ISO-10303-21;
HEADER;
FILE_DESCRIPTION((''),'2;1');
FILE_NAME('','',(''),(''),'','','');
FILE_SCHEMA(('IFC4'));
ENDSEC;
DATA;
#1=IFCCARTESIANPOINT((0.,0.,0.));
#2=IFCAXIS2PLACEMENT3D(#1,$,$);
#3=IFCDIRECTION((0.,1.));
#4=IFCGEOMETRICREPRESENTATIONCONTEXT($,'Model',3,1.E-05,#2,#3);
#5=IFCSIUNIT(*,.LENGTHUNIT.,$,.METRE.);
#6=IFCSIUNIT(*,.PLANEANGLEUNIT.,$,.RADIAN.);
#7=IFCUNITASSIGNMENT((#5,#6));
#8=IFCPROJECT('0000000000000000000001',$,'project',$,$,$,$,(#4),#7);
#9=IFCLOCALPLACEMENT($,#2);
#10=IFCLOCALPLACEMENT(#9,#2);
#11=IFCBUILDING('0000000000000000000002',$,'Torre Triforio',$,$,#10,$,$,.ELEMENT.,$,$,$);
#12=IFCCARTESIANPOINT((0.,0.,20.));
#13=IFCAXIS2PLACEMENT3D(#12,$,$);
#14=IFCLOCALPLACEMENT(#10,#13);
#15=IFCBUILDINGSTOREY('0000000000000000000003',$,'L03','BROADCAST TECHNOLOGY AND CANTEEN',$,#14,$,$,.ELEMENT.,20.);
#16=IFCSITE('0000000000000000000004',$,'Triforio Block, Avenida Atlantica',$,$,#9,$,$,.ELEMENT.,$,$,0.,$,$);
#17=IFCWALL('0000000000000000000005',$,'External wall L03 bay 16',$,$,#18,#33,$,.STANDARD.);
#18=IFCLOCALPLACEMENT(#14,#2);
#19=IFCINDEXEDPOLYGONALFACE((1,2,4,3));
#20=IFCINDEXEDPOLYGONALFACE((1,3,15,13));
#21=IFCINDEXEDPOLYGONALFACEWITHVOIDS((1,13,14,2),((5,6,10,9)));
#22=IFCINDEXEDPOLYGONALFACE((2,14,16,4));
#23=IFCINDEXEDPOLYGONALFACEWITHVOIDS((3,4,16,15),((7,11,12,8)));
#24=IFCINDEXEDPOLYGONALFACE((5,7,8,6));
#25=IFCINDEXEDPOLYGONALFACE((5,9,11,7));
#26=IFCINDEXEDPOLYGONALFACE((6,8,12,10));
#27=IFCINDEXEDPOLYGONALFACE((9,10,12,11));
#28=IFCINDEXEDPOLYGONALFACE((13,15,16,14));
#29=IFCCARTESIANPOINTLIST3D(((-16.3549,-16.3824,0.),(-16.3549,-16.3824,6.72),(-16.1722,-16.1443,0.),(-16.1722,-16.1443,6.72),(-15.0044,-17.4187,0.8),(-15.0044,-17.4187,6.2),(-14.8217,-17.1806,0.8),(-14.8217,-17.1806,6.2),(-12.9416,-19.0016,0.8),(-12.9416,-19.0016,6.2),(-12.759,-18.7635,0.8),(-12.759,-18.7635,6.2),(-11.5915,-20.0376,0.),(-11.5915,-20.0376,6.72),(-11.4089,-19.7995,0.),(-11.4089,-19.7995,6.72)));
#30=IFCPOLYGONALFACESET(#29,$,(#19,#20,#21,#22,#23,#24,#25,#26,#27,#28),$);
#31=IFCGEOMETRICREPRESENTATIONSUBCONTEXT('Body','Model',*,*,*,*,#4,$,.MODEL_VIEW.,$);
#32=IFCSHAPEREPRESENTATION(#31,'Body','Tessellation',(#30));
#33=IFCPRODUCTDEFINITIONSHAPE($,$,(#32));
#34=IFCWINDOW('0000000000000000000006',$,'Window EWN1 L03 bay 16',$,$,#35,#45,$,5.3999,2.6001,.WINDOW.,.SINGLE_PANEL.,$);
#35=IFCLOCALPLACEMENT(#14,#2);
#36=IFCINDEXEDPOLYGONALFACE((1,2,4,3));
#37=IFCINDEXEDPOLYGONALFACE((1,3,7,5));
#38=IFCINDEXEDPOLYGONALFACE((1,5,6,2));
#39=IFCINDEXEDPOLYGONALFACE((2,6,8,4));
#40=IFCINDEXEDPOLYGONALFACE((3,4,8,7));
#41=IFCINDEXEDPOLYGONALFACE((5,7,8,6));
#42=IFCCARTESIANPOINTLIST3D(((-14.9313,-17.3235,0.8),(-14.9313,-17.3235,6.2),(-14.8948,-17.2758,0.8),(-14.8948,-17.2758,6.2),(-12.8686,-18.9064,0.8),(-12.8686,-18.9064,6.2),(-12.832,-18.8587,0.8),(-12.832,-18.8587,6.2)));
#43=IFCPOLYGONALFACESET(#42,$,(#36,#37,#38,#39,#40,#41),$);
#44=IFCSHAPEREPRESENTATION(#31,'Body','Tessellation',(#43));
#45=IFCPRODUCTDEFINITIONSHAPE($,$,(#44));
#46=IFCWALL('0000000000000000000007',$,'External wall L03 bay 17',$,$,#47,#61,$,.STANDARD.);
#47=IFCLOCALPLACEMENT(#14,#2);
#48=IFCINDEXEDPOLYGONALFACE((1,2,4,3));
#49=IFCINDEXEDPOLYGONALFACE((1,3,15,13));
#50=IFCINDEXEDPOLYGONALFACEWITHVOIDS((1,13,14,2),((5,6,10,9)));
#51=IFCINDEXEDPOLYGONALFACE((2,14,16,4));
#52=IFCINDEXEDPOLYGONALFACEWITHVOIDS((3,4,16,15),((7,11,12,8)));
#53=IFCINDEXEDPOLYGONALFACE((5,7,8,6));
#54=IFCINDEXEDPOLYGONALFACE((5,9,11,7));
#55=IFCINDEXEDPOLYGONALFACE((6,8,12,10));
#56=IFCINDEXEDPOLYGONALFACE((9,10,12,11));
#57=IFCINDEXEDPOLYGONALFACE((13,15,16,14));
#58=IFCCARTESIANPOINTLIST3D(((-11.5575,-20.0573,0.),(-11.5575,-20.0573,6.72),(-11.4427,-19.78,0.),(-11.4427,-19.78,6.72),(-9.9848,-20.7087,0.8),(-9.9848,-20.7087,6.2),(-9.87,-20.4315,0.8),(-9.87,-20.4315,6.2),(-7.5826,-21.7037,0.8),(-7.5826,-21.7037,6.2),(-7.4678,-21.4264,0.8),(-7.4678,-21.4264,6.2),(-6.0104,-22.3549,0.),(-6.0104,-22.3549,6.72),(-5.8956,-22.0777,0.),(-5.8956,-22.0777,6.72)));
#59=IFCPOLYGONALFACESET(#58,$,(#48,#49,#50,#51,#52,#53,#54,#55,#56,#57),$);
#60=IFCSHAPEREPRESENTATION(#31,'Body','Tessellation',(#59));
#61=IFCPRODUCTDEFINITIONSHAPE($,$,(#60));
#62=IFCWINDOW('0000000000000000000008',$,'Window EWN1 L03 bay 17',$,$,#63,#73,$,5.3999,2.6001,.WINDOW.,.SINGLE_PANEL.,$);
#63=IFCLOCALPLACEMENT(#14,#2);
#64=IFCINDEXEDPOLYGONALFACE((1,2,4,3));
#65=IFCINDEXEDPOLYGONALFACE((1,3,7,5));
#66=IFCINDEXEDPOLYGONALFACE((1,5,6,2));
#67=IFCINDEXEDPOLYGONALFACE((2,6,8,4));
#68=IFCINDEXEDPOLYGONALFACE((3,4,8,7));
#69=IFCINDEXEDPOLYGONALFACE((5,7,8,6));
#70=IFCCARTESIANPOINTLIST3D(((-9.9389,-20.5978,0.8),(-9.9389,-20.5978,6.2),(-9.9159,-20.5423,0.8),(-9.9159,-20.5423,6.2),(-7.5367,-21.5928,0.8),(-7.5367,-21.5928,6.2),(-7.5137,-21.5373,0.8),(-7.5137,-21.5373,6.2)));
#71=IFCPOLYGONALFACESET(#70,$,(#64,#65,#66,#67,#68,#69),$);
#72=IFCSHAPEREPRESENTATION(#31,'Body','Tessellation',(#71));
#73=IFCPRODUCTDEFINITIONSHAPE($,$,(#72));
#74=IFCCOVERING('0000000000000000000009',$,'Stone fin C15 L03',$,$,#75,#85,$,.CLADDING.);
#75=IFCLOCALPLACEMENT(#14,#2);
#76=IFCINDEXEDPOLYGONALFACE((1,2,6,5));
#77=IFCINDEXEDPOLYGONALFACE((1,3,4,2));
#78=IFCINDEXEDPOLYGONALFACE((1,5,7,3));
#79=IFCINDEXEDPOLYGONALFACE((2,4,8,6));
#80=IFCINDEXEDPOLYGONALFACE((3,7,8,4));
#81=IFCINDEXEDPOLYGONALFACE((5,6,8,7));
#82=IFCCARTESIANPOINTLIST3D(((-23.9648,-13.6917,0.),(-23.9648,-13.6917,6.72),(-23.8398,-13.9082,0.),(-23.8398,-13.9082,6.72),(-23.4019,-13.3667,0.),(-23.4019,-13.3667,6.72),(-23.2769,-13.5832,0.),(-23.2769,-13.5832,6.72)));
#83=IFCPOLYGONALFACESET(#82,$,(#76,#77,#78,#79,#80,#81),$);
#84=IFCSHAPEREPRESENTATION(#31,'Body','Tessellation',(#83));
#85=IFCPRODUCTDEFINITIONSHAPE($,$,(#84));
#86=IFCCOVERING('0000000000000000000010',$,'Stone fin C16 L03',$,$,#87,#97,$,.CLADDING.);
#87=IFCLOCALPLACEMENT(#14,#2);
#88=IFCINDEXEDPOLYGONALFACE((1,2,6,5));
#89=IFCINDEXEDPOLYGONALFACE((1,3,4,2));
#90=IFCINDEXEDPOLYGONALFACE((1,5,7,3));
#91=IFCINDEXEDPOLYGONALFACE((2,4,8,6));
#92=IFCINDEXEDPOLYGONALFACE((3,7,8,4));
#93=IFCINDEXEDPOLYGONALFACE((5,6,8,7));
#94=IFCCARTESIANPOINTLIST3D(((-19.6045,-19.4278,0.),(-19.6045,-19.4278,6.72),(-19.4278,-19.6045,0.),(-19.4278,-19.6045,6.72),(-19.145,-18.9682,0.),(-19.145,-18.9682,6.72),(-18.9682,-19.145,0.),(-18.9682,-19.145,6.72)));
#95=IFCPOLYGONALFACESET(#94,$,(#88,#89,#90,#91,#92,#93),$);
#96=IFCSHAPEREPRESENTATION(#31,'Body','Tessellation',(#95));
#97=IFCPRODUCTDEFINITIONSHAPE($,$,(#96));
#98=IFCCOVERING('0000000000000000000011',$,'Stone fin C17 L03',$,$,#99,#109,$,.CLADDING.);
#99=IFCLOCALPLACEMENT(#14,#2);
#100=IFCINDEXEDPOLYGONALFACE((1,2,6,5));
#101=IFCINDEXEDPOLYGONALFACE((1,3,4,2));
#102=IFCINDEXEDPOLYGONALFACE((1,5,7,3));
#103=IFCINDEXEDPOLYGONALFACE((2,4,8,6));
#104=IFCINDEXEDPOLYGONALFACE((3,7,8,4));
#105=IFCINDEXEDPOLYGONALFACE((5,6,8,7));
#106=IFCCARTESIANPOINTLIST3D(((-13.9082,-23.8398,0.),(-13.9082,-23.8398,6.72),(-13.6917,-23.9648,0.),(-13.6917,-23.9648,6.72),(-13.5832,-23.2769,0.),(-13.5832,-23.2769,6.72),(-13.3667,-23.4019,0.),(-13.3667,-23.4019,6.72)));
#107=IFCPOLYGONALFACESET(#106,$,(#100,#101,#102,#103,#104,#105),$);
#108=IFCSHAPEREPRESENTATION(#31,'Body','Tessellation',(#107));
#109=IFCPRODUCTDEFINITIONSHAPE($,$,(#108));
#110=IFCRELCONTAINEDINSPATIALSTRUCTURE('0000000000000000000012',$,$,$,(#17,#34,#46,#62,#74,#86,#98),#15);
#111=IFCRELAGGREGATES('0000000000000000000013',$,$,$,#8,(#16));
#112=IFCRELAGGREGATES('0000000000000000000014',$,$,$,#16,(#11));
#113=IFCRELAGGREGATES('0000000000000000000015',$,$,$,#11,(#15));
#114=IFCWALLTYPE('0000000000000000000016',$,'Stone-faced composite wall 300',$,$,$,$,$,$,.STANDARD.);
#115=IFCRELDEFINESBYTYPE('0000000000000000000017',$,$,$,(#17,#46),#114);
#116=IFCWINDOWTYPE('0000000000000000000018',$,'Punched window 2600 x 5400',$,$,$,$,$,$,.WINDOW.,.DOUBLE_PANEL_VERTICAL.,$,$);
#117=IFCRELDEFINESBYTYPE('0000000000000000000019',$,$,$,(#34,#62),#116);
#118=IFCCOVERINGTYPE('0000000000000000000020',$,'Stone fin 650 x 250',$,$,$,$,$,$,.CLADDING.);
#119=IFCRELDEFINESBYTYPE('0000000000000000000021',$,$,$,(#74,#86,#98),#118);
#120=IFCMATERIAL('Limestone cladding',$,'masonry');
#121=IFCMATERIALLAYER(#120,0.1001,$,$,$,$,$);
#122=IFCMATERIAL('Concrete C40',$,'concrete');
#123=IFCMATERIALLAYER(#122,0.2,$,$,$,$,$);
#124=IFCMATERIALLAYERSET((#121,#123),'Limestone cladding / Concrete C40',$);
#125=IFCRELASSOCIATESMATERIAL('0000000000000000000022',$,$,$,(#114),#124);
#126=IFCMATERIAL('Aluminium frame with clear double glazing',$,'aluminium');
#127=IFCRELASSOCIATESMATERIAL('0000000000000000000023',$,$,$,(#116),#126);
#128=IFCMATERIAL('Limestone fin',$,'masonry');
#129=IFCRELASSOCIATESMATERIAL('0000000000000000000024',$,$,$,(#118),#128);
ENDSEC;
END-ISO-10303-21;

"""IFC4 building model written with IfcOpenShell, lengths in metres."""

from ifc_helpers import new_model, si_unit, direction, frame, frame_2d, origin, origin_2d, place, context, subcontext, project, spatial, rectangle, extrude, material, layer, layer_set, material_profile, profile_set, type_object, element, fill, save


model = new_model("IFC4")

# Units and contexts
model_context = context("Model", 3, precision=1e-05, world=origin(), true_north=direction((0.0, 1.0)))
body_context = subcontext(model_context, "Body", "Model", "MODEL_VIEW")
ifc_project = project(units=[si_unit("LENGTHUNIT", "METRE"), si_unit("PLANEANGLEUNIT", "RADIAN")], contexts=[model_context])

# Site, building, storey
site_placement = place(None, origin())
site = spatial("IfcSite", under=ifc_project, at=site_placement, Name="Triforio Block, Avenida Atlantica", CompositionType="ELEMENT", RefElevation=0.0)
building_placement = place(site_placement, origin())
building = spatial("IfcBuilding", under=site, at=building_placement, Name="Torre Triforio", CompositionType="ELEMENT")
storey_placement = place(building_placement, frame((0.0, 0.0, 20.0)))
storey = spatial("IfcBuildingStorey", under=building, at=storey_placement, Name="L03", Description="BROADCAST TECHNOLOGY AND CANTEEN", CompositionType="ELEMENT", Elevation=20.0)

# Shared definitions
ifc_material_1 = material(Name="Limestone cladding", Category="masonry")
ifc_material_2 = material(Name="Concrete C40", Category="concrete")

# Walls, openings, windows
ifc_layer_1 = layer(ifc_material_1, 0.1001)
ifc_layer_2 = layer(ifc_material_2, 0.2)
ifc_layer_set_1 = layer_set([ifc_layer_1, ifc_layer_2], Name="Limestone cladding / Concrete C40")
wall_type_1 = type_object("IfcWallType", Name="Stone-faced composite wall 300", PredefinedType="STANDARD", material=ifc_layer_set_1)
ifc_material_3 = material(Name="Aluminium frame with clear double glazing", Category="aluminium")
window_type = type_object("IfcWindowType", Name="Punched window 2600 x 5400", PartitioningType="DOUBLE_PANEL_VERTICAL", PredefinedType="WINDOW", material=ifc_material_3)
wall_1_placement = place(storey_placement, frame((-16.2634, -16.2634, 0.0), z_axis=(0.0, 0.0, 1.0), x_axis=(0.79334, -0.608779, 0.0)))
wall_1 = element("IfcWall", 1, at=wall_1_placement, inside=storey, type_object=wall_type_1, Name="External wall L03 bay 16", PredefinedType="STANDARD", context=body_context, shape_type="SweptSolid", body=[
    extrude(rectangle(XDim=6.0042, YDim=0.3, at=frame_2d((3.002, 0.0))), origin(), (0.0, 0.0, 1.0), 6.72),
])
opening_1_placement = place(wall_1_placement, frame((1.7021, 0.0, 0.8)))
opening_1 = element("IfcOpeningElement", 2, at=opening_1_placement, cuts=wall_1, PredefinedType="OPENING", context=body_context, shape_type="SweptSolid", body=[
    extrude(rectangle(XDim=2.6001, YDim=5.3999, at=frame_2d((1.3, 2.7))), frame((0.0, 0.1599, 0.0), z_axis=(0.0, -1.0, 0.0), x_axis=(1.0, 0.0, 0.0)), (0.0, 0.0, 1.0), 0.3201),
])
window_1_placement = place(opening_1_placement, origin())
window_1 = element("IfcWindow", 3, at=window_1_placement, inside=storey, type_object=window_type, Name="Window EWN1 L03 bay 16", OverallHeight=5.3999, OverallWidth=2.6001, PartitioningType="SINGLE_PANEL", PredefinedType="WINDOW", context=body_context, shape_type="SweptSolid", body=[
    extrude(rectangle(XDim=2.6001, YDim=5.3999, at=frame_2d((1.3, 2.7))), frame((0.0, 0.03, 0.0), z_axis=(0.0, -1.0, 0.0), x_axis=(1.0, 0.0, 0.0)), (0.0, 0.0, 1.0), 0.0601),
])
fill(opening_1, window_1)
wall_2_placement = place(storey_placement, frame((-11.5, -19.9187, 0.0), z_axis=(0.0, 0.0, 1.0), x_axis=(0.923885, -0.382671, 0.0)))
wall_2 = element("IfcWall", 4, at=wall_2_placement, inside=storey, type_object=wall_type_1, Name="External wall L03 bay 17", PredefinedType="STANDARD", context=body_context, shape_type="SweptSolid", body=[
    extrude(rectangle(XDim=6.0042, YDim=0.3, at=frame_2d((3.002, 0.0))), origin(), (0.0, 0.0, 1.0), 6.72),
])
opening_2_placement = place(wall_2_placement, frame((1.7021, 0.0, 0.8)))
opening_2 = element("IfcOpeningElement", 5, at=opening_2_placement, cuts=wall_2, PredefinedType="OPENING", context=body_context, shape_type="SweptSolid", body=[
    extrude(rectangle(XDim=2.6001, YDim=5.3999, at=frame_2d((1.3, 2.7))), frame((0.0, 0.1599, 0.0), z_axis=(0.0, -1.0, 0.0), x_axis=(1.0, 0.0, 0.0)), (0.0, 0.0, 1.0), 0.3201),
])
window_2_placement = place(opening_2_placement, origin())
window_2 = element("IfcWindow", 6, at=window_2_placement, inside=storey, type_object=window_type, Name="Window EWN1 L03 bay 17", OverallHeight=5.3999, OverallWidth=2.6001, PartitioningType="SINGLE_PANEL", PredefinedType="WINDOW", context=body_context, shape_type="SweptSolid", body=[
    extrude(rectangle(XDim=2.6001, YDim=5.3999, at=frame_2d((1.3, 2.7))), frame((0.0, 0.03, 0.0), z_axis=(0.0, -1.0, 0.0), x_axis=(1.0, 0.0, 0.0)), (0.0, 0.0, 1.0), 0.0601),
])
fill(opening_2, window_2)

# Coverings
ifc_material_4 = material(Name="Limestone fin", Category="masonry")
ifc_material_profile_1 = material_profile(ifc_material_4, rectangle(XDim=0.6499, YDim=0.25, at=origin_2d()), Name="FIN 650x250")
ifc_profile_set_1 = profile_set([ifc_material_profile_1], Name="Limestone fin")
covering_type = type_object("IfcCoveringType", Name="Stone fin 650 x 250", PredefinedType="CLADDING", material=ifc_profile_set_1)
for number, where, z_axis, x_axis, name in (
    (7, (-23.6208, -13.6375, 0.0), (0.0, 0.0, 1.0), (-0.866025, -0.5, 0.0), "Stone fin C15 L03"),
    (8, (-19.2864, -19.2864, 0.0), (0.0, 0.0, 1.0), (-0.707107, -0.707107, 0.0), "Stone fin C16 L03"),
    (9, (-13.6375, -23.6208, 0.0), (0.0, 0.0, 1.0), (-0.5, -0.866025, 0.0), "Stone fin C17 L03"),
):
    element("IfcCovering", number, at=place(storey_placement, frame(where, z_axis=z_axis, x_axis=x_axis)), inside=storey, type_object=covering_type, Name=name, PredefinedType="CLADDING", context=body_context, shape_type="SweptSolid", body=[
        extrude(rectangle(XDim=0.6499, YDim=0.25, at=origin_2d()), origin(), (0.0, 0.0, 1.0), 6.72),
    ])

save(model, "model.ifc")
